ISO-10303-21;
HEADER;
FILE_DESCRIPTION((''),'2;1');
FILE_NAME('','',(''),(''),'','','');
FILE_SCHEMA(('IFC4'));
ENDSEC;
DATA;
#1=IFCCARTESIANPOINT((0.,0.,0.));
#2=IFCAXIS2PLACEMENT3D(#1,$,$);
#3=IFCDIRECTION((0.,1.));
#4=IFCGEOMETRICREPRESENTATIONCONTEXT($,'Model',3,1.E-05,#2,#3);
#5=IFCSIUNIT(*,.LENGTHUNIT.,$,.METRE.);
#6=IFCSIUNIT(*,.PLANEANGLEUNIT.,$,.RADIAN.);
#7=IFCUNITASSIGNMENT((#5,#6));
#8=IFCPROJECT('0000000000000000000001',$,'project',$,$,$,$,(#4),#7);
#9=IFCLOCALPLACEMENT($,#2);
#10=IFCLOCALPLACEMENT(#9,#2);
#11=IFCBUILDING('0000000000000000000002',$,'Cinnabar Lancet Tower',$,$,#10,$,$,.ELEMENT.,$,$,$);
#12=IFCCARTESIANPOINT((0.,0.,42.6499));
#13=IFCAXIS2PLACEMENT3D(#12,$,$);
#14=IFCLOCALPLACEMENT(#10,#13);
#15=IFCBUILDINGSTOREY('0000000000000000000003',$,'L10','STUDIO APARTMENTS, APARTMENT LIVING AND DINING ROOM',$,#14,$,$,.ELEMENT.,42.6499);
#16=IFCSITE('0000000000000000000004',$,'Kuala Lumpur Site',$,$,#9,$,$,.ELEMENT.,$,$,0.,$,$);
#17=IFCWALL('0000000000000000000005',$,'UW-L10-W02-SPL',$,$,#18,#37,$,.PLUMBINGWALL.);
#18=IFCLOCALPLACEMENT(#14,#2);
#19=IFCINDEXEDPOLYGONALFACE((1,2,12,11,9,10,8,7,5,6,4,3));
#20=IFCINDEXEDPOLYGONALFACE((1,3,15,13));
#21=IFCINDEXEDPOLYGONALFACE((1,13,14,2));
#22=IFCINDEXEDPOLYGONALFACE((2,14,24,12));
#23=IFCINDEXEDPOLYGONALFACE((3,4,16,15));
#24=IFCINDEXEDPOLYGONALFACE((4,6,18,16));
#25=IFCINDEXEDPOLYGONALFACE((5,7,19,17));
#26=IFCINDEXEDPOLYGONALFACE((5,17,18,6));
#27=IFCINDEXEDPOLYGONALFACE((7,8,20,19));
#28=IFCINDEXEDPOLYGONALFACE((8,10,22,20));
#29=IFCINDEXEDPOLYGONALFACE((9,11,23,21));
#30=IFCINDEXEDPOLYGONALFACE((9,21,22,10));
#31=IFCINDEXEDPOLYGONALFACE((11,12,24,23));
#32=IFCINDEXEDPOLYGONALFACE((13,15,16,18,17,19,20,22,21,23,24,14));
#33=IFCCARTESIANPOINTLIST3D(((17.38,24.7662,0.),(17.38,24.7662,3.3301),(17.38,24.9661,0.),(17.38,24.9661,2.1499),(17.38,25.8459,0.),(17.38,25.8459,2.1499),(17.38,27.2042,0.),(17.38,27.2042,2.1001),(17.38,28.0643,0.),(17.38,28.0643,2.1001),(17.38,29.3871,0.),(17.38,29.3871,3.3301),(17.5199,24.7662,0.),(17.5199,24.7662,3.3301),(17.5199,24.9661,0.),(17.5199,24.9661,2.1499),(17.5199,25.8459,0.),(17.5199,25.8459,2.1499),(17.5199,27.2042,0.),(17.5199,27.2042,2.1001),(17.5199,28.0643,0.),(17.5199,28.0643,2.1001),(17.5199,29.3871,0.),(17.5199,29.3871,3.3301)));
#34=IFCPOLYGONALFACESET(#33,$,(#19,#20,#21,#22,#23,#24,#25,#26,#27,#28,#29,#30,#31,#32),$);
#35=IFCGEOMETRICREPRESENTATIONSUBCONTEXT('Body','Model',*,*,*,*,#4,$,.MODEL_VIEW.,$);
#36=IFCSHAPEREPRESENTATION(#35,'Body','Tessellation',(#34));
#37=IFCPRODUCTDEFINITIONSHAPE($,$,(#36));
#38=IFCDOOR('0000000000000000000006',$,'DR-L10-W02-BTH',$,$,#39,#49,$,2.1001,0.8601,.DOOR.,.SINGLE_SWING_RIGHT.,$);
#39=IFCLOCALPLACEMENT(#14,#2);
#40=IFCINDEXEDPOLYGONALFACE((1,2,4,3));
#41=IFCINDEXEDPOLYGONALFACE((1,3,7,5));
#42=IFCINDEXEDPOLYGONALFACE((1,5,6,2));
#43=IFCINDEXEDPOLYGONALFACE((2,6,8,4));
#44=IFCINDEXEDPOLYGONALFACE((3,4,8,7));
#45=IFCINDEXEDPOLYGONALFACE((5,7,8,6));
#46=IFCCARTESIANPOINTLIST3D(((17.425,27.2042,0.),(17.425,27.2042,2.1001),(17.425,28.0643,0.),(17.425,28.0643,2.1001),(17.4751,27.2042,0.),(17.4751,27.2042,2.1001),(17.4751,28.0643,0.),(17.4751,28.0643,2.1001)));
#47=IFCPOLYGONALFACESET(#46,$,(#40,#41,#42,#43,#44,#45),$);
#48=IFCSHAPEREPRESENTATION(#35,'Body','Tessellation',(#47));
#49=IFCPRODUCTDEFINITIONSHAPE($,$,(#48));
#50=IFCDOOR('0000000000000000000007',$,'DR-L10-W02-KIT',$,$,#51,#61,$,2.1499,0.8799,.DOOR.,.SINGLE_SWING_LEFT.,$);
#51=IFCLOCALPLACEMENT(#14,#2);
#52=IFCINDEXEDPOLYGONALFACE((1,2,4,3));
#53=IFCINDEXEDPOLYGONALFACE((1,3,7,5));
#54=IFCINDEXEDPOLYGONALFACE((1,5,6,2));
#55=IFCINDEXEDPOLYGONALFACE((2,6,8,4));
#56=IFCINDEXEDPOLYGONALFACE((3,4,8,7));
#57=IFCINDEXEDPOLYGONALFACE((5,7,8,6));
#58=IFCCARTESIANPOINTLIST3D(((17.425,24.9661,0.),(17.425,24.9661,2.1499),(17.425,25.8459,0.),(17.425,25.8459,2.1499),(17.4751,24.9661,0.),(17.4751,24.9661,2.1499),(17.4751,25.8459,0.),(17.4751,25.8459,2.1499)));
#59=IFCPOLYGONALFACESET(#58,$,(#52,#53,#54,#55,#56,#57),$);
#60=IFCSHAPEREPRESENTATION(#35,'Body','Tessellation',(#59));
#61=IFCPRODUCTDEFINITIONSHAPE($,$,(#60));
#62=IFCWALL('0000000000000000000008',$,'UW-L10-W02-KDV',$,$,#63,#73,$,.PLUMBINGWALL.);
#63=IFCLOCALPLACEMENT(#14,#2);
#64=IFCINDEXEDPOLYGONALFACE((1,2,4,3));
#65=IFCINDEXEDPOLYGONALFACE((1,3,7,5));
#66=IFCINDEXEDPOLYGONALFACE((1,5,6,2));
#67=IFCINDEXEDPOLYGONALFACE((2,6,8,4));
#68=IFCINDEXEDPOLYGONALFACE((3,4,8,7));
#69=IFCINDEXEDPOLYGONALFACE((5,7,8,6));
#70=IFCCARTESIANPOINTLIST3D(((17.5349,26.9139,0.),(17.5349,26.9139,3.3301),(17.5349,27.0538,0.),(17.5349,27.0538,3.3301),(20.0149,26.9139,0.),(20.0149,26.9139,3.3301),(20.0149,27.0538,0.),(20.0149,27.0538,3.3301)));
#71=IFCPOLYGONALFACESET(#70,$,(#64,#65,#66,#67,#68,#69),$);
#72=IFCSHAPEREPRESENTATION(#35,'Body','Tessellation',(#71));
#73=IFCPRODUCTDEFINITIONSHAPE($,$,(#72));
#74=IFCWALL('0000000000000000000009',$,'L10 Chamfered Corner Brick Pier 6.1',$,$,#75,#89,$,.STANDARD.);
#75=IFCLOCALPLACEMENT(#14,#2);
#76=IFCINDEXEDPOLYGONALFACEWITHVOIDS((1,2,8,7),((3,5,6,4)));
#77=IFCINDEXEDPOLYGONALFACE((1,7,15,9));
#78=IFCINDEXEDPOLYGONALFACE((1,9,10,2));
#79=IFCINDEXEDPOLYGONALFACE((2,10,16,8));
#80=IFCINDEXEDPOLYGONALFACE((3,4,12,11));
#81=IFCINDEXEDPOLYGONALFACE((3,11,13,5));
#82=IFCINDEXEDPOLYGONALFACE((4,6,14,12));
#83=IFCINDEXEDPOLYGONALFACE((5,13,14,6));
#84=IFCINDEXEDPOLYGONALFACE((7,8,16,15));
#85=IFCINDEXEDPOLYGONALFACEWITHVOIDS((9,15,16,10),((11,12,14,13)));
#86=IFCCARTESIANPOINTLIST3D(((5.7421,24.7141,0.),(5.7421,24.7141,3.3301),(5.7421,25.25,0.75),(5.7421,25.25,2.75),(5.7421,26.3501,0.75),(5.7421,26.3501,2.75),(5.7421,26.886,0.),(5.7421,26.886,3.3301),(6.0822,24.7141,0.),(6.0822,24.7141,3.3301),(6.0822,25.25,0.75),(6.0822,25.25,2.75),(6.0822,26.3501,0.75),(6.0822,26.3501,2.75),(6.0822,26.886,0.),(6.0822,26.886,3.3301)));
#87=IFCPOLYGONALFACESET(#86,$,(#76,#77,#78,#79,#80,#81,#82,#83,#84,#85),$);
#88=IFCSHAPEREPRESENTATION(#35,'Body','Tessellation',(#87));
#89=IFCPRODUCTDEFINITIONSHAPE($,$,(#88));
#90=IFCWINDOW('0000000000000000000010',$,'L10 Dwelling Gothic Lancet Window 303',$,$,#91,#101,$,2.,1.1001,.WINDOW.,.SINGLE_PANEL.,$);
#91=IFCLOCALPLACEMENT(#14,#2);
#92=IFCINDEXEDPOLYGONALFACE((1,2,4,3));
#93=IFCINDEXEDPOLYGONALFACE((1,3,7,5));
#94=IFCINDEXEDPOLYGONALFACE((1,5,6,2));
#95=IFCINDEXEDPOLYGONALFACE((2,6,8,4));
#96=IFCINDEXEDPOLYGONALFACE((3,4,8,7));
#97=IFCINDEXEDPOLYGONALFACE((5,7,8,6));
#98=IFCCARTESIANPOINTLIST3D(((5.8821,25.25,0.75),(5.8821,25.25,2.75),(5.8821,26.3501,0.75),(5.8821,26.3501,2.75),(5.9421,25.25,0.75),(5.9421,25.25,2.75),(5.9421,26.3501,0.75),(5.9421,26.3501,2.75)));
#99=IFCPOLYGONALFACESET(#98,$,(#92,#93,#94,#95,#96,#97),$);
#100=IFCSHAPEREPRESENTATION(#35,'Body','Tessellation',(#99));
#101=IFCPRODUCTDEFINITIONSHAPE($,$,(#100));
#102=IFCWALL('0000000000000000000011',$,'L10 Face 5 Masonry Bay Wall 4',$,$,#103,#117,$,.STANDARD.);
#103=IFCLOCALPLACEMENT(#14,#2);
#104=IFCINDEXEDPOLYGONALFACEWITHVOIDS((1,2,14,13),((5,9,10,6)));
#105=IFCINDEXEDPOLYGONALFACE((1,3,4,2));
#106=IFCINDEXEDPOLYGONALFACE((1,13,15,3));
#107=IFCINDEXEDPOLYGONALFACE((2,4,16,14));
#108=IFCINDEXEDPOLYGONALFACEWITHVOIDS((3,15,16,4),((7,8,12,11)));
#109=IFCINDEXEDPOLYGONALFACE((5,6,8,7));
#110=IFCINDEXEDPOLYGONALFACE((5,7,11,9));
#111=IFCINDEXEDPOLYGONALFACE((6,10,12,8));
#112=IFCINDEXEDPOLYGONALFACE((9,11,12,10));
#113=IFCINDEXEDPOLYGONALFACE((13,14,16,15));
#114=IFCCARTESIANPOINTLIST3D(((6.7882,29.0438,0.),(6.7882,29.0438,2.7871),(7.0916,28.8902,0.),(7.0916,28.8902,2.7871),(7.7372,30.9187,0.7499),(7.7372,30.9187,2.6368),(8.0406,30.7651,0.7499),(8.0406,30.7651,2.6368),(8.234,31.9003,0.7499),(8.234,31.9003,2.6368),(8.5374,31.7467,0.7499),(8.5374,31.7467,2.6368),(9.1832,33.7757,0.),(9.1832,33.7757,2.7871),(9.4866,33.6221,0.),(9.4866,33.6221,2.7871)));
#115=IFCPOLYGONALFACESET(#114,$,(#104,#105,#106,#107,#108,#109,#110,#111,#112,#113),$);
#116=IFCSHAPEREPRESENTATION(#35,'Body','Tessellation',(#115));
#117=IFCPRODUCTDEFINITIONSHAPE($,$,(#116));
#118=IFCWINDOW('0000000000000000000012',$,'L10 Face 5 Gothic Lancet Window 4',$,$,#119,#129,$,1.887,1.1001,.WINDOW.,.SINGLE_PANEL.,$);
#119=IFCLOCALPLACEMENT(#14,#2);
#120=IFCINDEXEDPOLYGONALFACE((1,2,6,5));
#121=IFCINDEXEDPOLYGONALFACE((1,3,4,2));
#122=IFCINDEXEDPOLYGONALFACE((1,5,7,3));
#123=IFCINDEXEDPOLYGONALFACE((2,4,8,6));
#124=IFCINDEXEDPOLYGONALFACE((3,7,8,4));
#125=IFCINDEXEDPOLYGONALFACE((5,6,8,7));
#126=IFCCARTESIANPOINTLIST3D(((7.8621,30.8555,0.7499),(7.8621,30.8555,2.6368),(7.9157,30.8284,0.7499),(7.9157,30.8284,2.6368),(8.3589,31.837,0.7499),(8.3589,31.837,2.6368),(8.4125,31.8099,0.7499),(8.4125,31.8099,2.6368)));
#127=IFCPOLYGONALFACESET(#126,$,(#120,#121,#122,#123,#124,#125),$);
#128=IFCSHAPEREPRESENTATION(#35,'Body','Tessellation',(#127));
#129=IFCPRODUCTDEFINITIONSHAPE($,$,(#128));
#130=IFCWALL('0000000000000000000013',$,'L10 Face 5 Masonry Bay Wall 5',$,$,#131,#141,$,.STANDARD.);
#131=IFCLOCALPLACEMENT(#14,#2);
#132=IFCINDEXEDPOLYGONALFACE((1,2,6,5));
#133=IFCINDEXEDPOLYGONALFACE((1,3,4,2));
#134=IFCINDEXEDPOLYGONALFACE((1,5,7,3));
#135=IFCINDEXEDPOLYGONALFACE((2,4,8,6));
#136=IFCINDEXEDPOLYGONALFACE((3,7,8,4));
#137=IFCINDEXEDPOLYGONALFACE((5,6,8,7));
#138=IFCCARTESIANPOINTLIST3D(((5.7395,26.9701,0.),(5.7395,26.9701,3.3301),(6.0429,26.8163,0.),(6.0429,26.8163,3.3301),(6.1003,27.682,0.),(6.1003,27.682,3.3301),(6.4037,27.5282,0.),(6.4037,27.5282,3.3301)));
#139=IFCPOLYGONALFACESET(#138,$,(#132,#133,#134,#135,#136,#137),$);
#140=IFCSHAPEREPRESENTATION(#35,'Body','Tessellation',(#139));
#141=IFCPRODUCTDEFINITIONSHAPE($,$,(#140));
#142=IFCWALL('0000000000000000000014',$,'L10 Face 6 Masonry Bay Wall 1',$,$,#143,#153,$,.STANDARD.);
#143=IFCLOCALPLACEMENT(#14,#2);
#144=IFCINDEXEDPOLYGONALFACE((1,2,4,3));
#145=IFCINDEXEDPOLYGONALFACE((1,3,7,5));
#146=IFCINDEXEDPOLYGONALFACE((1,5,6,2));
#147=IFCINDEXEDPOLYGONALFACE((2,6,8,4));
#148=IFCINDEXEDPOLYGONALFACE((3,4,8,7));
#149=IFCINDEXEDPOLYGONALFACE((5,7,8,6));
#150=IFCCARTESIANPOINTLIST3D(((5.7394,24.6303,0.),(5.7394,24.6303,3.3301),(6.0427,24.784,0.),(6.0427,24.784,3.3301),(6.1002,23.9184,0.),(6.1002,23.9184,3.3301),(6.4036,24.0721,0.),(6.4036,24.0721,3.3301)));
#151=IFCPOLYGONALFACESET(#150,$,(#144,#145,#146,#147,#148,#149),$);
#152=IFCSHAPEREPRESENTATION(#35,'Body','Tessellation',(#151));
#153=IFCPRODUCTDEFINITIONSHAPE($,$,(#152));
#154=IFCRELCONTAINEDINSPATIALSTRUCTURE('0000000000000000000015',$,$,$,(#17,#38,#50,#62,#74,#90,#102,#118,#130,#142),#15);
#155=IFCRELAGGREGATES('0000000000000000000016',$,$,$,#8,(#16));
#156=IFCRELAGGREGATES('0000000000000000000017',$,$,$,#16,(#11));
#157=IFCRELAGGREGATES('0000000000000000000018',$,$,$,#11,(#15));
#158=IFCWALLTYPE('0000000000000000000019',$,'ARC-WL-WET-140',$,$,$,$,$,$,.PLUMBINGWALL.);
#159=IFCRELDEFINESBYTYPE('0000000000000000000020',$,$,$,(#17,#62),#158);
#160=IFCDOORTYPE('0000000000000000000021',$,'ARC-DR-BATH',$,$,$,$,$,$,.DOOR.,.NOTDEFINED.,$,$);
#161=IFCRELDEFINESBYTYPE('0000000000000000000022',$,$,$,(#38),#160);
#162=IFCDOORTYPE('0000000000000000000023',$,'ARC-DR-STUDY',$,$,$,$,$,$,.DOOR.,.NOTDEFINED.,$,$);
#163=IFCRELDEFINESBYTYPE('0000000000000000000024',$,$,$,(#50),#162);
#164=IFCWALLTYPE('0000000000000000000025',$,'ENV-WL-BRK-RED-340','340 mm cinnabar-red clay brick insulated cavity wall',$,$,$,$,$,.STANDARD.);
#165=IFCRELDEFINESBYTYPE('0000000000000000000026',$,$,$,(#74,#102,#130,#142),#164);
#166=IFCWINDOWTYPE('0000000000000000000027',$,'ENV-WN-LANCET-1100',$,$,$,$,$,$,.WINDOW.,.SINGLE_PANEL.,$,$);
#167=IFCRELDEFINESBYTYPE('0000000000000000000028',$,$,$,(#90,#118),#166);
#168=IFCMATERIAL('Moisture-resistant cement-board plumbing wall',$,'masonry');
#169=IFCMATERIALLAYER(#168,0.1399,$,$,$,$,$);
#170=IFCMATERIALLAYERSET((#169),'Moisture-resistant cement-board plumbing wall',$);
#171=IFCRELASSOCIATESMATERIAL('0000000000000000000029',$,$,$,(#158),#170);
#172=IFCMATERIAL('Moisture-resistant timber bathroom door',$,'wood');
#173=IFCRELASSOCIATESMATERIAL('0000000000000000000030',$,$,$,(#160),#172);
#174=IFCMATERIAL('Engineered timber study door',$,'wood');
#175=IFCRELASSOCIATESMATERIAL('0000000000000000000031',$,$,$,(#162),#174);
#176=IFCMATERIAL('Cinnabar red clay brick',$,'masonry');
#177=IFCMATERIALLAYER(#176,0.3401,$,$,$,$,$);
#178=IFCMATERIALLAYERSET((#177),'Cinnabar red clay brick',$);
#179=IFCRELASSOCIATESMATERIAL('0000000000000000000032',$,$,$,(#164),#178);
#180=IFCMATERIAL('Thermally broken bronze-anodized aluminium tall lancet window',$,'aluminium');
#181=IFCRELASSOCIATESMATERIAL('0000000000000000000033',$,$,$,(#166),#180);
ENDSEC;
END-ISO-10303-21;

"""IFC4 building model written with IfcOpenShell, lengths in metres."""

from ifc_helpers import new_model, si_unit, direction, frame, frame_2d, origin, place, context, subcontext, project, spatial, rectangle, extrude, material, layer, layer_set, type_object, element, fill, save


model = new_model("IFC4")

# Units and contexts
model_context = context("Model", 3, precision=1e-05, world=origin(), true_north=direction((0.0, 1.0)))
body_context = subcontext(model_context, "Body", "Model", "MODEL_VIEW")
ifc_project = project(units=[si_unit("LENGTHUNIT", "METRE"), si_unit("PLANEANGLEUNIT", "RADIAN")], contexts=[model_context])

# Site, building, storey
site_placement = place(None, origin())
site = spatial("IfcSite", under=ifc_project, at=site_placement, Name="Kuala Lumpur Site", CompositionType="ELEMENT", RefElevation=0.0)
building_placement = place(site_placement, origin())
building = spatial("IfcBuilding", under=site, at=building_placement, Name="Cinnabar Lancet Tower", CompositionType="ELEMENT")
storey_placement = place(building_placement, frame((0.0, 0.0, 42.6499)))
storey = spatial("IfcBuildingStorey", under=building, at=storey_placement, Name="L10", Description="STUDIO APARTMENTS, APARTMENT LIVING AND DINING ROOM", CompositionType="ELEMENT", Elevation=42.6499)

# Wall, openings, doors
ifc_material_1 = material(Name="Moisture-resistant cement-board plumbing wall", Category="masonry")
ifc_layer_1 = layer(ifc_material_1, 0.1399)
ifc_layer_set_1 = layer_set([ifc_layer_1], Name="Moisture-resistant cement-board plumbing wall")
wall_type_1 = type_object("IfcWallType", Name="ARC-WL-WET-140", PredefinedType="PLUMBINGWALL", material=ifc_layer_set_1)
wall_1_placement = place(storey_placement, frame((17.45, 24.7661, 0.0), z_axis=(0.0, 0.0, 1.0), x_axis=(0.0, 1.0, 0.0)))
wall_1 = element("IfcWall", 1, at=wall_1_placement, inside=storey, type_object=wall_type_1, Name="UW-L10-W02-SPL", PredefinedType="PLUMBINGWALL", context=body_context, shape_type="SweptSolid", body=[
    extrude(rectangle(XDim=4.6208, YDim=0.1399, at=frame_2d((2.3105, 0.0))), origin(), (0.0, 0.0, 1.0), 3.3301),
])
opening_1_placement = place(wall_1_placement, frame((2.438, 0.0, 0.0)))
opening_1 = element("IfcOpeningElement", 2, at=opening_1_placement, cuts=wall_1, PredefinedType="OPENING", context=body_context, shape_type="SweptSolid", body=[
    extrude(rectangle(XDim=0.8601, YDim=2.1001, at=frame_2d((0.4302, 1.05))), frame((0.0, 0.0798, 0.0), z_axis=(0.0, -1.0, 0.0), x_axis=(1.0, 0.0, 0.0)), (0.0, 0.0, 1.0), 0.1599),
])
opening_2_placement = place(wall_1_placement, frame((0.2, 0.0, 0.0)))
opening_2 = element("IfcOpeningElement", 3, at=opening_2_placement, cuts=wall_1, PredefinedType="OPENING", context=body_context, shape_type="SweptSolid", body=[
    extrude(rectangle(XDim=0.8799, YDim=2.1499, at=frame_2d((0.4399, 1.075))), frame((0.0, 0.0798, 0.0), z_axis=(0.0, -1.0, 0.0), x_axis=(1.0, 0.0, 0.0)), (0.0, 0.0, 1.0), 0.1599),
])
ifc_material_2 = material(Name="Moisture-resistant timber bathroom door", Category="wood")
door_type_1 = type_object("IfcDoorType", Name="ARC-DR-BATH", OperationType="NOTDEFINED", PredefinedType="DOOR", material=ifc_material_2)
door_1_placement = place(opening_1_placement, origin())
door_1 = element("IfcDoor", 4, at=door_1_placement, inside=storey, type_object=door_type_1, Name="DR-L10-W02-BTH", OperationType="SINGLE_SWING_RIGHT", OverallHeight=2.1001, OverallWidth=0.8601, PredefinedType="DOOR", context=body_context, shape_type="SweptSolid", body=[
    extrude(rectangle(XDim=0.8601, YDim=2.1001, at=frame_2d((0.4302, 1.05))), frame((0.0, 0.0249, 0.0), z_axis=(0.0, -1.0, 0.0), x_axis=(1.0, 0.0, 0.0)), (0.0, 0.0, 1.0), 0.05),
])
fill(opening_1, door_1)
ifc_material_3 = material(Name="Engineered timber study door", Category="wood")
door_type_2 = type_object("IfcDoorType", Name="ARC-DR-STUDY", OperationType="NOTDEFINED", PredefinedType="DOOR", material=ifc_material_3)
door_2_placement = place(opening_2_placement, origin())
door_2 = element("IfcDoor", 5, at=door_2_placement, inside=storey, type_object=door_type_2, Name="DR-L10-W02-KIT", OperationType="SINGLE_SWING_LEFT", OverallHeight=2.1499, OverallWidth=0.8799, PredefinedType="DOOR", context=body_context, shape_type="SweptSolid", body=[
    extrude(rectangle(XDim=0.8799, YDim=2.1499, at=frame_2d((0.4399, 1.075))), frame((0.0, 0.0249, 0.0), z_axis=(0.0, -1.0, 0.0), x_axis=(1.0, 0.0, 0.0)), (0.0, 0.0, 1.0), 0.05),
])
fill(opening_2, door_2)

# Wall
wall_2_placement = place(storey_placement, frame((17.5349, 26.9839, 0.0), z_axis=(0.0, 0.0, 1.0), x_axis=(1.0, 0.0, 0.0)))
element("IfcWall", 6, at=wall_2_placement, inside=storey, type_object=wall_type_1, Name="UW-L10-W02-KDV", PredefinedType="PLUMBINGWALL", context=body_context, shape_type="SweptSolid", body=[
    extrude(rectangle(XDim=2.48, YDim=0.1399, at=frame_2d((1.24, 0.0))), origin(), (0.0, 0.0, 1.0), 3.3301),
])

# Walls, openings, windows
ifc_material_4 = material(Name="Cinnabar red clay brick", Category="masonry")
ifc_layer_2 = layer(ifc_material_4, 0.3401)
ifc_layer_set_2 = layer_set([ifc_layer_2], Name="Cinnabar red clay brick")
wall_type_2 = type_object("IfcWallType", Name="ENV-WL-BRK-RED-340", Description="340 mm cinnabar-red clay brick insulated cavity wall", PredefinedType="STANDARD", material=ifc_layer_set_2)
wall_3_placement = place(storey_placement, frame((5.9121, 26.886, 0.0), z_axis=(0.0, 0.0, 1.0), x_axis=(0.0, -1.0, 0.0)))
wall_3 = element("IfcWall", 7, at=wall_3_placement, inside=storey, type_object=wall_type_2, Name="L10 Chamfered Corner Brick Pier 6.1", PredefinedType="STANDARD", context=body_context, shape_type="SweptSolid", body=[
    extrude(rectangle(XDim=2.1719, YDim=0.3401, at=frame_2d((1.0859, 0.0))), origin(), (0.0, 0.0, 1.0), 3.3301),
])
opening_3_placement = place(wall_3_placement, frame((0.5359, 0.0, 0.75)))
opening_3 = element("IfcOpeningElement", 8, at=opening_3_placement, cuts=wall_3, PredefinedType="OPENING", context=body_context, shape_type="SweptSolid", body=[
    extrude(rectangle(XDim=1.1001, YDim=2.0, at=frame_2d((0.55, 1.0))), frame((0.0, 0.1799, 0.0), z_axis=(0.0, -1.0, 0.0), x_axis=(1.0, 0.0, 0.0)), (0.0, 0.0, 1.0), 0.3601),
])
ifc_material_5 = material(Name="Thermally broken bronze-anodized aluminium tall lancet window", Category="aluminium")
window_type = type_object("IfcWindowType", Name="ENV-WN-LANCET-1100", PartitioningType="SINGLE_PANEL", PredefinedType="WINDOW", material=ifc_material_5)
window_1_placement = place(opening_3_placement, origin())
window_1 = element("IfcWindow", 9, at=window_1_placement, inside=storey, type_object=window_type, Name="L10 Dwelling Gothic Lancet Window 303", OverallHeight=2.0, OverallWidth=1.1001, PartitioningType="SINGLE_PANEL", PredefinedType="WINDOW", context=body_context, shape_type="SweptSolid", body=[
    extrude(rectangle(XDim=1.1001, YDim=2.0, at=frame_2d((0.55, 1.0))), frame((0.0, 0.03, 0.0), z_axis=(0.0, -1.0, 0.0), x_axis=(1.0, 0.0, 0.0)), (0.0, 0.0, 1.0), 0.0601),
])
fill(opening_3, window_1)
wall_4_placement = place(storey_placement, frame((9.335, 33.699, 0.0), z_axis=(0.0, 0.0, 1.0), x_axis=(-0.451591, -0.892225, 0.0)))
wall_4 = element("IfcWall", 10, at=wall_4_placement, inside=storey, type_object=wall_type_2, Name="L10 Face 5 Masonry Bay Wall 4", PredefinedType="STANDARD", context=body_context, shape_type="SweptSolid", body=[
    extrude(rectangle(XDim=5.3035, YDim=0.3401, at=frame_2d((2.6519, 0.0))), origin(), (0.0, 0.0, 1.0), 2.7871),
])
opening_4_placement = place(wall_4_placement, frame((2.1021, 0.0, 0.75)))
opening_4 = element("IfcOpeningElement", 11, at=opening_4_placement, cuts=wall_4, PredefinedType="OPENING", context=body_context, shape_type="SweptSolid", body=[
    extrude(rectangle(XDim=1.1001, YDim=1.887, at=frame_2d((0.55, 0.9434))), frame((0.0, 0.1799, 0.0), z_axis=(0.0, -1.0, 0.0), x_axis=(1.0, 0.0, 0.0)), (0.0, 0.0, 1.0), 0.3601),
])
window_2_placement = place(opening_4_placement, origin())
window_2 = element("IfcWindow", 12, at=window_2_placement, inside=storey, type_object=window_type, Name="L10 Face 5 Gothic Lancet Window 4", OverallHeight=1.887, OverallWidth=1.1001, PartitioningType="SINGLE_PANEL", PredefinedType="WINDOW", context=body_context, shape_type="SweptSolid", body=[
    extrude(rectangle(XDim=1.1001, YDim=1.887, at=frame_2d((0.55, 0.9434))), frame((0.0, 0.03, 0.0), z_axis=(0.0, -1.0, 0.0), x_axis=(1.0, 0.0, 0.0)), (0.0, 0.0, 1.0), 0.0601),
])
fill(opening_4, window_2)

# Walls
for number, where, z_axis, x_axis, name in (
    (13, (6.252, 27.605, 0.0), (0.0, 0.0, 1.0), (-0.452101, -0.891967, 0.0), "L10 Face 5 Masonry Bay Wall 5"),
    (14, (5.8911, 24.707, 0.0), (0.0, 0.0, 1.0), (0.452101, -0.891967, 0.0), "L10 Face 6 Masonry Bay Wall 1"),
):
    element("IfcWall", number, at=place(storey_placement, frame(where, z_axis=z_axis, x_axis=x_axis)), inside=storey, type_object=wall_type_2, Name=name, PredefinedType="STANDARD", context=body_context, shape_type="SweptSolid", body=[
        extrude(rectangle(XDim=0.7981, YDim=0.3401, at=frame_2d((0.3989, 0.0))), origin(), (0.0, 0.0, 1.0), 3.3301),
    ])

save(model, "model.ifc")
